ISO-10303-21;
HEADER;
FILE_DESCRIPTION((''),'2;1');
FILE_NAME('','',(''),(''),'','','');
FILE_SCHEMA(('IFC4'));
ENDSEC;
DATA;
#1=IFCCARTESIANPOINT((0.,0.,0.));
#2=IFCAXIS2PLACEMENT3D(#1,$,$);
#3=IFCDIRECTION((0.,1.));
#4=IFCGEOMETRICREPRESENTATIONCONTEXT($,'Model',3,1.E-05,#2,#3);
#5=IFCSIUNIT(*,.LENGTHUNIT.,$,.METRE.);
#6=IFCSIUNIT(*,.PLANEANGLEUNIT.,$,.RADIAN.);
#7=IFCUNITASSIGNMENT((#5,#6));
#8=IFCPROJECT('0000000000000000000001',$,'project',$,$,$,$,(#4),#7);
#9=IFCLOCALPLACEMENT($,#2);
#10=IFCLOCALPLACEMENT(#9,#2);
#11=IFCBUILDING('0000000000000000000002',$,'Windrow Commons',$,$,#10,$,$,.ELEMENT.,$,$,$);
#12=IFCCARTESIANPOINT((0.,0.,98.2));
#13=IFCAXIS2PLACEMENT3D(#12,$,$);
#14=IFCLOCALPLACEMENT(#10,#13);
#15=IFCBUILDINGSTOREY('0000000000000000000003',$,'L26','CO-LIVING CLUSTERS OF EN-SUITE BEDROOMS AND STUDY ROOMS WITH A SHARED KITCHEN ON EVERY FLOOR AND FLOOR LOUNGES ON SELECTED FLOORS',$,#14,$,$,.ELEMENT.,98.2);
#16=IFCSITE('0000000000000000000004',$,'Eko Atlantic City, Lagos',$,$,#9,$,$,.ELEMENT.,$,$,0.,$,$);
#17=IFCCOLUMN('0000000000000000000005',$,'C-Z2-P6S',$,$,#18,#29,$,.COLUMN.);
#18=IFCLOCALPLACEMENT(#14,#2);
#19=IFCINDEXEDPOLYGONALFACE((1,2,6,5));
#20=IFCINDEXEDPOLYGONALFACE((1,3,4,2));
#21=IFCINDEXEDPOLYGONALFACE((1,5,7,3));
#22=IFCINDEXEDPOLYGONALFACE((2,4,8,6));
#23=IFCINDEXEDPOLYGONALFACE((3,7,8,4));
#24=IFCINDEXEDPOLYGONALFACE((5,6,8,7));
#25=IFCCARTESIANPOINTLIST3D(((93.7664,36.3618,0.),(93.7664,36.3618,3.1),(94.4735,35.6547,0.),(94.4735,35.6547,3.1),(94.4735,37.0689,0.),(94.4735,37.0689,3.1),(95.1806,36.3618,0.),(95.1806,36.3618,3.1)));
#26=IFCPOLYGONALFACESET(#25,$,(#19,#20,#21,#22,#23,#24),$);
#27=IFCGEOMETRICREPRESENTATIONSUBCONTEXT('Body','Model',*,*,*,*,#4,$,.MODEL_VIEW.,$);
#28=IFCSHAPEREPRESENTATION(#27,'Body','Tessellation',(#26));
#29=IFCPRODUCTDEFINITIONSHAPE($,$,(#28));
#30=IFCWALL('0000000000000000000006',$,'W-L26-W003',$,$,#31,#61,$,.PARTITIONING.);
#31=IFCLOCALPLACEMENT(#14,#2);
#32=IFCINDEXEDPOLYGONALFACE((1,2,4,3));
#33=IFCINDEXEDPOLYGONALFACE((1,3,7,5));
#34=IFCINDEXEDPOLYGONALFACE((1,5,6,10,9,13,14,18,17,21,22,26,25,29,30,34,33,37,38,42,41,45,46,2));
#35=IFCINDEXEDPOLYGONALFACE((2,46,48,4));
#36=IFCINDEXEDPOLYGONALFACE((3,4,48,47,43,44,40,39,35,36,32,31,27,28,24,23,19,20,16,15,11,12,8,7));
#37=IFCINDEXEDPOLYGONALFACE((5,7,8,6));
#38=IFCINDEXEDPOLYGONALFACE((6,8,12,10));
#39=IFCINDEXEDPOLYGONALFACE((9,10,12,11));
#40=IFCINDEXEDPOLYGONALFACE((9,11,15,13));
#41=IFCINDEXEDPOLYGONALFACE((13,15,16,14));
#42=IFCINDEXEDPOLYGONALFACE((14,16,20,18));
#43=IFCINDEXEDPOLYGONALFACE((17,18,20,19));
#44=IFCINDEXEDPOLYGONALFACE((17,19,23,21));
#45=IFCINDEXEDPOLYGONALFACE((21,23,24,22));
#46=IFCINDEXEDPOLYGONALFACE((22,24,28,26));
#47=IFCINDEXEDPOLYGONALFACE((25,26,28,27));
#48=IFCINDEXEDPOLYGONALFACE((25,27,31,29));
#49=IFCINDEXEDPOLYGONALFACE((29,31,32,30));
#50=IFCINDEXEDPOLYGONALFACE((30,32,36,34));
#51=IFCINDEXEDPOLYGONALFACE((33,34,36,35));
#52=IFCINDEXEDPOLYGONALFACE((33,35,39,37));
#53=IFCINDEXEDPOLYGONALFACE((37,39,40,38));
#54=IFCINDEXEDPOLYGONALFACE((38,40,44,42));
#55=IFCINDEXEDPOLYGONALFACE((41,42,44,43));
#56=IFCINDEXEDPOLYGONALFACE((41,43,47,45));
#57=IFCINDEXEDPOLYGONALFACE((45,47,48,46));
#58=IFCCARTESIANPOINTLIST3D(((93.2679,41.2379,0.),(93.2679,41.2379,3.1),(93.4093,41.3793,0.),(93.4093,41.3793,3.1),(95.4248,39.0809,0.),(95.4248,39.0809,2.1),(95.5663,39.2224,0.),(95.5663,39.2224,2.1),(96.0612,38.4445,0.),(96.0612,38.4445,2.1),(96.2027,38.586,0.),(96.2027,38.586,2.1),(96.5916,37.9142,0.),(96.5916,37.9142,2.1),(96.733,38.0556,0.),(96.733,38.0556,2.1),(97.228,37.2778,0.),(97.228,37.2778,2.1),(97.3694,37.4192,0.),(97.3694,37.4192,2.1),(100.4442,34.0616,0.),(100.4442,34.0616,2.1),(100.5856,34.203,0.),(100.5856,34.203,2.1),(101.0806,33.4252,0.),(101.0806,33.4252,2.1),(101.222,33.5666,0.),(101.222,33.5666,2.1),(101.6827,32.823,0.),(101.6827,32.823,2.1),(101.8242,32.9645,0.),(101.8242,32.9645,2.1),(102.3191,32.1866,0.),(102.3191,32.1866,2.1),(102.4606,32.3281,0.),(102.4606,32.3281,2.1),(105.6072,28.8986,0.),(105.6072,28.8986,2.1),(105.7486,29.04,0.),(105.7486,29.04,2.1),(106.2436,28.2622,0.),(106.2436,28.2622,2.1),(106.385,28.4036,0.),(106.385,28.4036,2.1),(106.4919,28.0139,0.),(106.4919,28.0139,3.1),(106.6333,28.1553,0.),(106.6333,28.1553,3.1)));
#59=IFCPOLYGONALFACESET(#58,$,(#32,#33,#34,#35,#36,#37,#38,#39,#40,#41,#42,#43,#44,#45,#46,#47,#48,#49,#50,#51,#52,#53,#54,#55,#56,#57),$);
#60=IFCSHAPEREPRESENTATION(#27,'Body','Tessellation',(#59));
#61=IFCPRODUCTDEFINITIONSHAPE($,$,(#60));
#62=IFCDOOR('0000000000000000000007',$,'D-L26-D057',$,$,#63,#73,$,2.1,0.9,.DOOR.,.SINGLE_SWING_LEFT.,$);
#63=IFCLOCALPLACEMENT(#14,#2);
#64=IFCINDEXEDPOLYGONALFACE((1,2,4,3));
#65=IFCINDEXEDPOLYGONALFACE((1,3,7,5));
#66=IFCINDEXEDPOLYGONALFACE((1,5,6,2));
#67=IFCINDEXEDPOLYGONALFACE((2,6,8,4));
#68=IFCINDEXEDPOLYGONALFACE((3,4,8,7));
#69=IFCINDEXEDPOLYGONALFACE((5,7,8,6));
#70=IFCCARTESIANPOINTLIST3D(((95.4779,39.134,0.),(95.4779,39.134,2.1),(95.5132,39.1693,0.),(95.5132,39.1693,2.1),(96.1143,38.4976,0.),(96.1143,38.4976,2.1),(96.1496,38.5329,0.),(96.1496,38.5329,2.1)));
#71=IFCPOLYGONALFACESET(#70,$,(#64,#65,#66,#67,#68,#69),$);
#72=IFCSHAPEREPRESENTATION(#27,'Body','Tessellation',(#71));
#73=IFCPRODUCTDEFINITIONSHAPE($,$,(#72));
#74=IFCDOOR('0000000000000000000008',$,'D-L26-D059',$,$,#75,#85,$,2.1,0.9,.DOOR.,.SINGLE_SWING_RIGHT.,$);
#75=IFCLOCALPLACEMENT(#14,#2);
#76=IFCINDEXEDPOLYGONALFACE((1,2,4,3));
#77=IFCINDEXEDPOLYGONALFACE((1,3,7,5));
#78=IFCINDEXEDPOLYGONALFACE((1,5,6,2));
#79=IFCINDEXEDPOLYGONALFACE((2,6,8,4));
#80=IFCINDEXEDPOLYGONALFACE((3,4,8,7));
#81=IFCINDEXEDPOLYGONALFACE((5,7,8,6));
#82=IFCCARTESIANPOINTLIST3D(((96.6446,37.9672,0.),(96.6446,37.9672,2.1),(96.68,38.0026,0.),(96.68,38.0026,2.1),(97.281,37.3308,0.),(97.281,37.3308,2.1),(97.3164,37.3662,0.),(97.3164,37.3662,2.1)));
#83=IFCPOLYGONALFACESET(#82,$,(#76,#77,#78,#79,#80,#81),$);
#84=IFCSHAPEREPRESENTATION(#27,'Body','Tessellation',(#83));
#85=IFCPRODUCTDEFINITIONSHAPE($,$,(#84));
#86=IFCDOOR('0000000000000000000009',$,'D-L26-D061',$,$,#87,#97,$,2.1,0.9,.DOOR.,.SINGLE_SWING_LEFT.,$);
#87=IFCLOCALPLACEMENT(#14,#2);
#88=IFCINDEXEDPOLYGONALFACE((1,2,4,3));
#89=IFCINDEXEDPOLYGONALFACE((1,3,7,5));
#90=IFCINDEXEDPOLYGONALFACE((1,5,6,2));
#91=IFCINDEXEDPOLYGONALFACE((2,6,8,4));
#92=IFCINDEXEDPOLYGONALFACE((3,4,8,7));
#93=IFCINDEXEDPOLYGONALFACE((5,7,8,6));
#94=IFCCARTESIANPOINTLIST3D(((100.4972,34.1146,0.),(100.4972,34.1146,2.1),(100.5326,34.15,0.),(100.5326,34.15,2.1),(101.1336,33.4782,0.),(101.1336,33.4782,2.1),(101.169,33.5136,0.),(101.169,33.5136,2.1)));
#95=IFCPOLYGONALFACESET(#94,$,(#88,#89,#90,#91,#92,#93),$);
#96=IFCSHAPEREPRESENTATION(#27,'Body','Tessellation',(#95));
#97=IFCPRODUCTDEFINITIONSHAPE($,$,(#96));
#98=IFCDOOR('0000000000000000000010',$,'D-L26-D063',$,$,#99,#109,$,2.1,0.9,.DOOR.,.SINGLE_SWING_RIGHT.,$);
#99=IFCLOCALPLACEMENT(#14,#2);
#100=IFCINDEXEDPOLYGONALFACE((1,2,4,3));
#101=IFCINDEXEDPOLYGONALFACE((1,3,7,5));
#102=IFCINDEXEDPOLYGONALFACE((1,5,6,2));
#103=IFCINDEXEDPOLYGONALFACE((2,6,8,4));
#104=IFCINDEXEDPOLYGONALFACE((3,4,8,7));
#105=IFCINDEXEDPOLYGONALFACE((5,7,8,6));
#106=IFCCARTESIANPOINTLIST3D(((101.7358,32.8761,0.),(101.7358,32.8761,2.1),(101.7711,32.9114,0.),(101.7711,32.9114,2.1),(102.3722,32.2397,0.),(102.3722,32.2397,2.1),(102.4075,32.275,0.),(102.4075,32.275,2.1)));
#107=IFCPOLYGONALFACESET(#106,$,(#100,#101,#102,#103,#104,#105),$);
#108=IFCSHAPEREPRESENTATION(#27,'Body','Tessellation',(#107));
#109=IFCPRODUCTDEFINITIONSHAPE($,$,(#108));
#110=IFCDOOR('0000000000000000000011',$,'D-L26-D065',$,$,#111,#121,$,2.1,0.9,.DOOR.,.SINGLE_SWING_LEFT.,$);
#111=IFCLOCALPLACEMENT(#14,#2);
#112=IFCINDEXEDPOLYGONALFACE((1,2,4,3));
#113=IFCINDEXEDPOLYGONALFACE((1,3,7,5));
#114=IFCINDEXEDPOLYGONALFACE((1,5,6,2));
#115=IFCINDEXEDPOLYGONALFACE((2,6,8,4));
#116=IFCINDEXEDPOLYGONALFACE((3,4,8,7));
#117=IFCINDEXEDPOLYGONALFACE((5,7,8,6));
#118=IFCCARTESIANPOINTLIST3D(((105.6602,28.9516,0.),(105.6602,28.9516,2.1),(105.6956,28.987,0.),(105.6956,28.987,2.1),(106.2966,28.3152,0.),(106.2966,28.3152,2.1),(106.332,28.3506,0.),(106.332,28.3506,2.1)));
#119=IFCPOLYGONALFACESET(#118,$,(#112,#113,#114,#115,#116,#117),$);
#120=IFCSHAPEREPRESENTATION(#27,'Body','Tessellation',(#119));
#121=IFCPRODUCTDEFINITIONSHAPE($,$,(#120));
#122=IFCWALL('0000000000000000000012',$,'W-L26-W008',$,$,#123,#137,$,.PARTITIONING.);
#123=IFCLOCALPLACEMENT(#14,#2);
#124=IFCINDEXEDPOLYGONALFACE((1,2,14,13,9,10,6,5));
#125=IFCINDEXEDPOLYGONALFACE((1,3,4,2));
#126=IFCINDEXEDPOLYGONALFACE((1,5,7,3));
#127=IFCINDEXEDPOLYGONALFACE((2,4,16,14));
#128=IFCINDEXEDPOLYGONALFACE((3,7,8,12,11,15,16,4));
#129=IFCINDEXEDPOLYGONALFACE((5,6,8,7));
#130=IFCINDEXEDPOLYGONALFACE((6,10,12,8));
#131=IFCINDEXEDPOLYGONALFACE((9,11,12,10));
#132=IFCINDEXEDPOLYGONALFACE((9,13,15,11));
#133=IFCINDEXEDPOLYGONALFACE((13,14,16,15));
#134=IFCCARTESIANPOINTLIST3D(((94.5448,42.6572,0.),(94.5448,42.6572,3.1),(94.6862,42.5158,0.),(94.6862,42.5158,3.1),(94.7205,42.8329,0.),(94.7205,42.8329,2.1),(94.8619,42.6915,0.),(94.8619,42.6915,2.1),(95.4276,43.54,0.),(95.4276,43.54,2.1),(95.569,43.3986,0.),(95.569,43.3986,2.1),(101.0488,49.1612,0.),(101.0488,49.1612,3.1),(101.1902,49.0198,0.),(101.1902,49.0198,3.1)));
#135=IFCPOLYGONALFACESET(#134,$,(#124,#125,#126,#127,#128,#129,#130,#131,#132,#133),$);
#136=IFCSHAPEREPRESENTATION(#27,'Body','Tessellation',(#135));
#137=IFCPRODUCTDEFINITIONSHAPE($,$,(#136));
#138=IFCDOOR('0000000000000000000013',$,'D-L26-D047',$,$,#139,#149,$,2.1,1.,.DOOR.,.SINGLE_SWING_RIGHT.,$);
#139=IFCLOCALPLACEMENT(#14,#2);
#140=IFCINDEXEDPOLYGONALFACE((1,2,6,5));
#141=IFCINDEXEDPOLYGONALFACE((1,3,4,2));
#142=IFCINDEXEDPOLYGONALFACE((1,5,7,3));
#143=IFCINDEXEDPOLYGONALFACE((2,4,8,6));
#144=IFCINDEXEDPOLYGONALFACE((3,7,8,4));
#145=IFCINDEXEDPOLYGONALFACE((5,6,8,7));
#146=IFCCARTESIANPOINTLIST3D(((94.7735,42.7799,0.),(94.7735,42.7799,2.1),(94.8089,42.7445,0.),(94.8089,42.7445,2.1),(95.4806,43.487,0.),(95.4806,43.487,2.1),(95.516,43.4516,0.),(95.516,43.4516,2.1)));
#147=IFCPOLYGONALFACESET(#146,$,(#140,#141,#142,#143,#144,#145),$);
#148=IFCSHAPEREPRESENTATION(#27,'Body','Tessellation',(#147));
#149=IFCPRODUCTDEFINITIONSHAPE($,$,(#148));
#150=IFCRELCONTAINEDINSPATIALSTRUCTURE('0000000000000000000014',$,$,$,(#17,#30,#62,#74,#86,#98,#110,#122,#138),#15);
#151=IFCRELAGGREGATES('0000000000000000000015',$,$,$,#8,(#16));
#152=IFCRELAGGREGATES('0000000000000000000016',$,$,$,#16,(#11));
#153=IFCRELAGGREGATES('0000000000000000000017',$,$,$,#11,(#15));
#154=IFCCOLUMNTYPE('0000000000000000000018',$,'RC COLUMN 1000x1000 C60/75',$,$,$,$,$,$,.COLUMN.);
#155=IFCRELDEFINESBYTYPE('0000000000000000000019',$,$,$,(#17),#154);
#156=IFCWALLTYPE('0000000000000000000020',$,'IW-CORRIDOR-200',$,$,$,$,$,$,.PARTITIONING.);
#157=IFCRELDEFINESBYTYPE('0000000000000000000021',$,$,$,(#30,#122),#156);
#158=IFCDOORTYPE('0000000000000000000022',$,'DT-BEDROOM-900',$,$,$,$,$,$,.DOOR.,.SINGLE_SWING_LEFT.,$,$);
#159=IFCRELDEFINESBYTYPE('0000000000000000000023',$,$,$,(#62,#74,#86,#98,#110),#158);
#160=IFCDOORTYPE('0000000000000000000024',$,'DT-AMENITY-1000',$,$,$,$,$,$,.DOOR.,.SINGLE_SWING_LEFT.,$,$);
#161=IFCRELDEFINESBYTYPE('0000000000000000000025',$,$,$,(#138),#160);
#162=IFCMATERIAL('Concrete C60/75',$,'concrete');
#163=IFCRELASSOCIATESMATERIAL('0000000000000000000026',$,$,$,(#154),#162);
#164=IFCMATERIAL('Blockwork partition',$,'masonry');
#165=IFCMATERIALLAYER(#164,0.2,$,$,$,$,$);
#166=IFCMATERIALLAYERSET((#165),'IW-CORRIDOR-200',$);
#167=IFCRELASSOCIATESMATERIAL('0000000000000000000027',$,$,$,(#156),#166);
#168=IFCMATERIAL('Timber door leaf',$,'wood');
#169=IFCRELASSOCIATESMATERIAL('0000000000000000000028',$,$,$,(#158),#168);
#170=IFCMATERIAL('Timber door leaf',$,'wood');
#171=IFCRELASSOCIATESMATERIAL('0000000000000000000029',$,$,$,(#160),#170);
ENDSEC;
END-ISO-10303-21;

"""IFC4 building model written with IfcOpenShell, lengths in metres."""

from ifc_helpers import new_model, si_unit, direction, frame, frame_2d, origin, origin_2d, place, context, subcontext, project, spatial, rectangle, extrude, material, layer, layer_set, material_profile, profile_set, type_object, element, fill, save


model = new_model("IFC4")

# Units and contexts
model_context = context("Model", 3, precision=1e-05, world=origin(), true_north=direction((0.0, 1.0)))
body_context = subcontext(model_context, "Body", "Model", "MODEL_VIEW")
ifc_project = project(units=[si_unit("LENGTHUNIT", "METRE"), si_unit("PLANEANGLEUNIT", "RADIAN")], contexts=[model_context])

# Site, building, storey
site_placement = place(None, origin())
site = spatial("IfcSite", under=ifc_project, at=site_placement, Name="Eko Atlantic City, Lagos", CompositionType="ELEMENT", RefElevation=0.0)
building_placement = place(site_placement, origin())
building = spatial("IfcBuilding", under=site, at=building_placement, Name="Windrow Commons", CompositionType="ELEMENT")
storey_placement = place(building_placement, frame((0.0, 0.0, 98.2)))
storey = spatial("IfcBuildingStorey", under=building, at=storey_placement, Name="L26", Description="CO-LIVING CLUSTERS OF EN-SUITE BEDROOMS AND STUDY ROOMS WITH A SHARED KITCHEN ON EVERY FLOOR AND FLOOR LOUNGES ON SELECTED FLOORS", CompositionType="ELEMENT", Elevation=98.2)

# Column
ifc_material_1 = material(Name="Concrete C60/75", Category="concrete")
ifc_material_profile = material_profile(ifc_material_1, rectangle(XDim=1.0, YDim=1.0, at=origin_2d()))
ifc_profile_set = profile_set([ifc_material_profile], Name="Concrete C60/75")
column_type = type_object("IfcColumnType", Name="RC COLUMN 1000x1000 C60/75", PredefinedType="COLUMN", material=ifc_profile_set)
column_placement = place(storey_placement, frame((94.4735, 36.3618, 0.0), z_axis=(0.0, 0.0, 1.0), x_axis=(0.707107, -0.707107, 0.0)))
element("IfcColumn", 1, at=column_placement, inside=storey, type_object=column_type, Name="C-Z2-P6S", PredefinedType="COLUMN", context=body_context, shape_type="SweptSolid", body=[
    extrude(rectangle(XDim=1.0, YDim=1.0, at=origin_2d()), origin(), (0.0, 0.0, 1.0), 3.1),
])

# Wall, openings, doors
ifc_material_2 = material(Name="Blockwork partition", Category="masonry")
ifc_layer_1 = layer(ifc_material_2, 0.2)
ifc_layer_set_1 = layer_set([ifc_layer_1], Name="IW-CORRIDOR-200")
wall_type_1 = type_object("IfcWallType", Name="IW-CORRIDOR-200", PredefinedType="PARTITIONING", material=ifc_layer_set_1)
wall_1_placement = place(storey_placement, frame((93.3386, 41.3086, 0.0), z_axis=(0.0, 0.0, 1.0), x_axis=(0.707107, -0.707107, 0.0)))
wall_1 = element("IfcWall", 2, at=wall_1_placement, inside=storey, type_object=wall_type_1, Name="W-L26-W003", PredefinedType="PARTITIONING", context=body_context, shape_type="SweptSolid", body=[
    extrude(rectangle(XDim=18.7016, YDim=0.2, at=frame_2d((9.3508, 0.0))), origin(), (0.0, 0.0, 1.0), 3.1),
])
opening_1_placement = place(wall_1_placement, frame((3.0504, 0.0, 0.0)))
opening_1 = element("IfcOpeningElement", 3, at=opening_1_placement, cuts=wall_1, PredefinedType="OPENING", context=body_context, shape_type="SweptSolid", body=[
    extrude(rectangle(XDim=0.9, YDim=2.1, at=frame_2d((0.45, 1.05))), frame((0.0, 0.11, 0.0), z_axis=(0.0, -1.0, 0.0), x_axis=(1.0, 0.0, 0.0)), (0.0, 0.0, 1.0), 0.22),
])
opening_2_placement = place(wall_1_placement, frame((4.7004, 0.0, 0.0)))
opening_2 = element("IfcOpeningElement", 4, at=opening_2_placement, cuts=wall_1, PredefinedType="OPENING", context=body_context, shape_type="SweptSolid", body=[
    extrude(rectangle(XDim=0.9, YDim=2.1, at=frame_2d((0.45, 1.05))), frame((0.0, 0.11, 0.0), z_axis=(0.0, -1.0, 0.0), x_axis=(1.0, 0.0, 0.0)), (0.0, 0.0, 1.0), 0.22),
])
opening_3_placement = place(wall_1_placement, frame((10.1488, 0.0, 0.0)))
opening_3 = element("IfcOpeningElement", 5, at=opening_3_placement, cuts=wall_1, PredefinedType="OPENING", context=body_context, shape_type="SweptSolid", body=[
    extrude(rectangle(XDim=0.9, YDim=2.1, at=frame_2d((0.45, 1.05))), frame((0.0, 0.11, 0.0), z_axis=(0.0, -1.0, 0.0), x_axis=(1.0, 0.0, 0.0)), (0.0, 0.0, 1.0), 0.22),
])
opening_4_placement = place(wall_1_placement, frame((11.9004, 0.0, 0.0)))
opening_4 = element("IfcOpeningElement", 6, at=opening_4_placement, cuts=wall_1, PredefinedType="OPENING", context=body_context, shape_type="SweptSolid", body=[
    extrude(rectangle(XDim=0.9, YDim=2.1, at=frame_2d((0.45, 1.05))), frame((0.0, 0.11, 0.0), z_axis=(0.0, -1.0, 0.0), x_axis=(1.0, 0.0, 0.0)), (0.0, 0.0, 1.0), 0.22),
])
opening_5_placement = place(wall_1_placement, frame((17.4504, 0.0, 0.0)))
opening_5 = element("IfcOpeningElement", 7, at=opening_5_placement, cuts=wall_1, PredefinedType="OPENING", context=body_context, shape_type="SweptSolid", body=[
    extrude(rectangle(XDim=0.9, YDim=2.1, at=frame_2d((0.45, 1.05))), frame((0.0, 0.11, 0.0), z_axis=(0.0, -1.0, 0.0), x_axis=(1.0, 0.0, 0.0)), (0.0, 0.0, 1.0), 0.22),
])
ifc_material_3 = material(Name="Timber door leaf", Category="wood")
door_type_1 = type_object("IfcDoorType", Name="DT-BEDROOM-900", OperationType="SINGLE_SWING_LEFT", PredefinedType="DOOR", material=ifc_material_3)
door_1_placement = place(opening_1_placement, origin())
door_1 = element("IfcDoor", 8, at=door_1_placement, inside=storey, type_object=door_type_1, Name="D-L26-D057", OperationType="SINGLE_SWING_LEFT", OverallHeight=2.1, OverallWidth=0.9, PredefinedType="DOOR", context=body_context, shape_type="SweptSolid", body=[
    extrude(rectangle(XDim=0.9, YDim=2.1, at=frame_2d((0.45, 1.05))), frame((0.0, 0.025, 0.0), z_axis=(0.0, -1.0, 0.0), x_axis=(1.0, 0.0, 0.0)), (0.0, 0.0, 1.0), 0.05),
])
fill(opening_1, door_1)
door_2_placement = place(opening_2_placement, origin())
door_2 = element("IfcDoor", 9, at=door_2_placement, inside=storey, type_object=door_type_1, Name="D-L26-D059", OperationType="SINGLE_SWING_RIGHT", OverallHeight=2.1, OverallWidth=0.9, PredefinedType="DOOR", context=body_context, shape_type="SweptSolid", body=[
    extrude(rectangle(XDim=0.9, YDim=2.1, at=frame_2d((0.45, 1.05))), frame((0.0, 0.025, 0.0), z_axis=(0.0, -1.0, 0.0), x_axis=(1.0, 0.0, 0.0)), (0.0, 0.0, 1.0), 0.05),
])
fill(opening_2, door_2)
door_3_placement = place(opening_3_placement, origin())
door_3 = element("IfcDoor", 10, at=door_3_placement, inside=storey, type_object=door_type_1, Name="D-L26-D061", OperationType="SINGLE_SWING_LEFT", OverallHeight=2.1, OverallWidth=0.9, PredefinedType="DOOR", context=body_context, shape_type="SweptSolid", body=[
    extrude(rectangle(XDim=0.9, YDim=2.1, at=frame_2d((0.45, 1.05))), frame((0.0, 0.025, 0.0), z_axis=(0.0, -1.0, 0.0), x_axis=(1.0, 0.0, 0.0)), (0.0, 0.0, 1.0), 0.05),
])
fill(opening_3, door_3)
door_4_placement = place(opening_4_placement, origin())
door_4 = element("IfcDoor", 11, at=door_4_placement, inside=storey, type_object=door_type_1, Name="D-L26-D063", OperationType="SINGLE_SWING_RIGHT", OverallHeight=2.1, OverallWidth=0.9, PredefinedType="DOOR", context=body_context, shape_type="SweptSolid", body=[
    extrude(rectangle(XDim=0.9, YDim=2.1, at=frame_2d((0.45, 1.05))), frame((0.0, 0.025, 0.0), z_axis=(0.0, -1.0, 0.0), x_axis=(1.0, 0.0, 0.0)), (0.0, 0.0, 1.0), 0.05),
])
fill(opening_4, door_4)
door_5_placement = place(opening_5_placement, origin())
door_5 = element("IfcDoor", 12, at=door_5_placement, inside=storey, type_object=door_type_1, Name="D-L26-D065", OperationType="SINGLE_SWING_LEFT", OverallHeight=2.1, OverallWidth=0.9, PredefinedType="DOOR", context=body_context, shape_type="SweptSolid", body=[
    extrude(rectangle(XDim=0.9, YDim=2.1, at=frame_2d((0.45, 1.05))), frame((0.0, 0.025, 0.0), z_axis=(0.0, -1.0, 0.0), x_axis=(1.0, 0.0, 0.0)), (0.0, 0.0, 1.0), 0.05),
])
fill(opening_5, door_5)

# Wall, opening, door
wall_2_placement = place(storey_placement, frame((94.6155, 42.5865, 0.0), z_axis=(0.0, 0.0, 1.0), x_axis=(0.707107, 0.707107, 0.0)))
wall_2 = element("IfcWall", 13, at=wall_2_placement, inside=storey, type_object=wall_type_1, Name="W-L26-W008", PredefinedType="PARTITIONING", context=body_context, shape_type="SweptSolid", body=[
    extrude(rectangle(XDim=9.198, YDim=0.2, at=frame_2d((4.599, 0.0))), origin(), (0.0, 0.0, 1.0), 3.1),
])
opening_6_placement = place(wall_2_placement, frame((0.2485, 0.0, 0.0)))
opening_6 = element("IfcOpeningElement", 14, at=opening_6_placement, cuts=wall_2, PredefinedType="OPENING", context=body_context, shape_type="SweptSolid", body=[
    extrude(rectangle(XDim=1.0, YDim=2.1, at=frame_2d((0.5, 1.05))), frame((0.0, 0.11, 0.0), z_axis=(0.0, -1.0, 0.0), x_axis=(1.0, 0.0, 0.0)), (0.0, 0.0, 1.0), 0.22),
])
ifc_material_4 = material(Name="Timber door leaf", Category="wood")
door_type_2 = type_object("IfcDoorType", Name="DT-AMENITY-1000", OperationType="SINGLE_SWING_LEFT", PredefinedType="DOOR", material=ifc_material_4)
door_6_placement = place(opening_6_placement, origin())
door_6 = element("IfcDoor", 15, at=door_6_placement, inside=storey, type_object=door_type_2, Name="D-L26-D047", OperationType="SINGLE_SWING_RIGHT", OverallHeight=2.1, OverallWidth=1.0, PredefinedType="DOOR", context=body_context, shape_type="SweptSolid", body=[
    extrude(rectangle(XDim=1.0, YDim=2.1, at=frame_2d((0.5, 1.05))), frame((0.0, 0.025, 0.0), z_axis=(0.0, -1.0, 0.0), x_axis=(1.0, 0.0, 0.0)), (0.0, 0.0, 1.0), 0.05),
])
fill(opening_6, door_6)

save(model, "model.ifc")
